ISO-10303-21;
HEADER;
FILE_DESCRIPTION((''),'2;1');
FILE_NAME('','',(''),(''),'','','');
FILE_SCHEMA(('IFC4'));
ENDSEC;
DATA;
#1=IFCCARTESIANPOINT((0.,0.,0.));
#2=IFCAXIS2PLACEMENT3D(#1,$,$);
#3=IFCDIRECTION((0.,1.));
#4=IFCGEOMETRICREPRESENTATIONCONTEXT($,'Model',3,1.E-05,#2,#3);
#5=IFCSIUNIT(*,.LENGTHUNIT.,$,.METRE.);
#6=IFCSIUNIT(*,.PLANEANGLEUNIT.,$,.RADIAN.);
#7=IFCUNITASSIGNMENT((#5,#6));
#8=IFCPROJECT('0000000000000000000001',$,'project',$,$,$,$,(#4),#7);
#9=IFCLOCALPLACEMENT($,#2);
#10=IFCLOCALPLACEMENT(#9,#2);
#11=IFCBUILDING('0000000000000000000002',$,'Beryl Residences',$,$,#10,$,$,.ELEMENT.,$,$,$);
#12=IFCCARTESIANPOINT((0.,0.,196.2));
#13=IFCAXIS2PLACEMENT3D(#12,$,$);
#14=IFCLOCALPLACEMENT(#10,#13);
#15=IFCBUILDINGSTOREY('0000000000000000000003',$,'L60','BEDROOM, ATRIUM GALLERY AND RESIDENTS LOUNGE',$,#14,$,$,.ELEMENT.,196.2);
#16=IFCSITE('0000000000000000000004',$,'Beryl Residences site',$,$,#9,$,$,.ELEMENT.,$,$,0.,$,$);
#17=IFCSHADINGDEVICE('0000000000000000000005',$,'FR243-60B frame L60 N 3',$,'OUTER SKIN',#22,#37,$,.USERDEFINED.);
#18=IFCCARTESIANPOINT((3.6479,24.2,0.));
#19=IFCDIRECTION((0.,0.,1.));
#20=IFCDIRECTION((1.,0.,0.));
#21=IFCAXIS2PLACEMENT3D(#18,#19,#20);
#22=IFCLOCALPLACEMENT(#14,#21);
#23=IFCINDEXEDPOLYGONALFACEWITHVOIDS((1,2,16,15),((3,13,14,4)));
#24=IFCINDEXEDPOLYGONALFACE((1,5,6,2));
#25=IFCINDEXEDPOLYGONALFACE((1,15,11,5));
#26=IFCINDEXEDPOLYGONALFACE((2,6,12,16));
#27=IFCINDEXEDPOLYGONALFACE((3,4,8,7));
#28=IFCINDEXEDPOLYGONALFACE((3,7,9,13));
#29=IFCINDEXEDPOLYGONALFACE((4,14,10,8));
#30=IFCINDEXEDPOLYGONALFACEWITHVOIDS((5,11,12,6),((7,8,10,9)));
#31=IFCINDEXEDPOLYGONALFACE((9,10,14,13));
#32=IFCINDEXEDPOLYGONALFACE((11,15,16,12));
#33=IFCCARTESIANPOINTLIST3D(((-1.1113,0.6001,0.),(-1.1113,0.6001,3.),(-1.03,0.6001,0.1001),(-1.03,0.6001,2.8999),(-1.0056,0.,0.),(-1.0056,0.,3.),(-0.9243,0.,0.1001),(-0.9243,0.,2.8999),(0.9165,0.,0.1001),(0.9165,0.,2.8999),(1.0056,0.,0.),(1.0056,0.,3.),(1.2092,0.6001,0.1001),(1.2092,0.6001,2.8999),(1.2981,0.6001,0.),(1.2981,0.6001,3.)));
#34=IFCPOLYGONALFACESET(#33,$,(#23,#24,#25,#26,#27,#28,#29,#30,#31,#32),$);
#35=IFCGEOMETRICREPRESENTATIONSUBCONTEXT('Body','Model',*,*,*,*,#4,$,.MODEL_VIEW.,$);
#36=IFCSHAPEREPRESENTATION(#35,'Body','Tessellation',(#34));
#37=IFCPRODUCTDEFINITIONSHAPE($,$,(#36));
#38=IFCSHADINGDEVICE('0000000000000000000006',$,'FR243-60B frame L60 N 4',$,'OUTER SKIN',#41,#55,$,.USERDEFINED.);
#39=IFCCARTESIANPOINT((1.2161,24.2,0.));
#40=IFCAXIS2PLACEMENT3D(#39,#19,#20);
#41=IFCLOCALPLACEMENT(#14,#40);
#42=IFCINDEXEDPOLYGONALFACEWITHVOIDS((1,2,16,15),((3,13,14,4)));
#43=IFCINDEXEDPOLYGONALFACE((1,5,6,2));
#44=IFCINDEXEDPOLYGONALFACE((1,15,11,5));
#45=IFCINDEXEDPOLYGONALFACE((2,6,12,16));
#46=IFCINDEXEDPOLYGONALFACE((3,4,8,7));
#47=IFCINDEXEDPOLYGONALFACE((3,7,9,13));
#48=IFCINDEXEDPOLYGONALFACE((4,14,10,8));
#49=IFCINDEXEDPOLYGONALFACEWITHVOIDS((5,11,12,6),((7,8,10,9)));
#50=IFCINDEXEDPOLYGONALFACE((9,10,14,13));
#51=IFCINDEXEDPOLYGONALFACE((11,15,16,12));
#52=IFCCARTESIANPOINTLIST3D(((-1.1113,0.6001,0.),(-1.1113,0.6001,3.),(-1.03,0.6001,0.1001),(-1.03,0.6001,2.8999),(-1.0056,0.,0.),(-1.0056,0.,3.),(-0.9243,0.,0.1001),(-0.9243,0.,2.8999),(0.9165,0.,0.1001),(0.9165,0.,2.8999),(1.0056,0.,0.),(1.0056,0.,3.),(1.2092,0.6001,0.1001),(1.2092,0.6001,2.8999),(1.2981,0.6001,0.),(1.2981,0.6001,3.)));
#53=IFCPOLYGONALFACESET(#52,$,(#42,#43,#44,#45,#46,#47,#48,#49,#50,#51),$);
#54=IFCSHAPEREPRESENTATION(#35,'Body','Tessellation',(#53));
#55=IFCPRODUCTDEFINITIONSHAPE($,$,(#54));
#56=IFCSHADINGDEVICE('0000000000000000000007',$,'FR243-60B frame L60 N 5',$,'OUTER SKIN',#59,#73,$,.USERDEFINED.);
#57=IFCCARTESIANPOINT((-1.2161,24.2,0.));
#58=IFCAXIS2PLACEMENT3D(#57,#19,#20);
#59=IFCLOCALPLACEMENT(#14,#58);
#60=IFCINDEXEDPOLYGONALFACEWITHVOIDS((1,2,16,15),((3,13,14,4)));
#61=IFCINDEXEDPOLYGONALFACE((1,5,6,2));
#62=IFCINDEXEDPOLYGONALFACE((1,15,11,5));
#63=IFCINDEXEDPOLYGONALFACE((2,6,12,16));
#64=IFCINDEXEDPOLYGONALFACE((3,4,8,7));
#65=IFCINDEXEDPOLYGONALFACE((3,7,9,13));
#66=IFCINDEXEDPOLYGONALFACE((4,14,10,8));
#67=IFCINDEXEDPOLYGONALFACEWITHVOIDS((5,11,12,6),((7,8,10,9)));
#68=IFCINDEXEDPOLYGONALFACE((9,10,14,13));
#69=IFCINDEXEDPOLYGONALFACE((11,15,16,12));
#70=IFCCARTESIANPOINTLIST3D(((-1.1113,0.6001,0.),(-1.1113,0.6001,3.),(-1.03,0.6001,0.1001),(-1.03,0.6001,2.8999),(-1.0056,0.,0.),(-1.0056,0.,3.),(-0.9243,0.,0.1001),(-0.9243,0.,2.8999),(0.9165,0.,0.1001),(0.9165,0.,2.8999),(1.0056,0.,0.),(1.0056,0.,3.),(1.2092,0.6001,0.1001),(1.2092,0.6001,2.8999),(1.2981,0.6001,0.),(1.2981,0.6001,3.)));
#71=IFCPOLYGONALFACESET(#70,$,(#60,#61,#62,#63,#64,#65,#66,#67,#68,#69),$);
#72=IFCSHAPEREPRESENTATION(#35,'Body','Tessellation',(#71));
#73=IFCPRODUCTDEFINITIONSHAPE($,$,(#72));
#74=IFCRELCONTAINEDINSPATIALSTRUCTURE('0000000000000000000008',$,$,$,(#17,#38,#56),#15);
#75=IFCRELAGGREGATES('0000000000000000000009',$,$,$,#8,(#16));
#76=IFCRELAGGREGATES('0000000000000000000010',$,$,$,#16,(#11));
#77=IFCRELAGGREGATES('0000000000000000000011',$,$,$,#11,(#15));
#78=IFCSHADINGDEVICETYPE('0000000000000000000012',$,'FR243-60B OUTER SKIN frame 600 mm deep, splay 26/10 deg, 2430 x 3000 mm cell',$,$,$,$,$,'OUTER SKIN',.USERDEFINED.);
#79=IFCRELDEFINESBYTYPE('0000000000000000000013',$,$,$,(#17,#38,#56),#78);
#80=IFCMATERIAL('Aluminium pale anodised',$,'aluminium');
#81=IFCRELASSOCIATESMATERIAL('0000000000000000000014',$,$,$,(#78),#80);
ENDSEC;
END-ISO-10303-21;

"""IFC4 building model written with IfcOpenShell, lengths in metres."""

from ifc_helpers import new_model, entity, si_unit, direction, frame, origin, place, context, subcontext, project, spatial, source, transform, mapped, material, type_object, type_shapes, element, save


model = new_model("IFC4")

# Units and contexts
model_context = context("Model", 3, precision=1e-05, world=origin(), true_north=direction((0.0, 1.0)))
body_context = subcontext(model_context, "Body", "Model", "MODEL_VIEW")
ifc_project = project(units=[si_unit("LENGTHUNIT", "METRE"), si_unit("PLANEANGLEUNIT", "RADIAN")], contexts=[model_context])

# Site, building, storey
site_placement = place(None, origin())
site = spatial("IfcSite", under=ifc_project, at=site_placement, Name="Beryl Residences site", CompositionType="ELEMENT", RefElevation=0.0)
building_placement = place(site_placement, origin())
building = spatial("IfcBuilding", under=site, at=building_placement, Name="Beryl Residences", CompositionType="ELEMENT")
storey_placement = place(building_placement, frame((0.0, 0.0, 196.2)))
storey = spatial("IfcBuildingStorey", under=building, at=storey_placement, Name="L60", Description="BEDROOM, ATRIUM GALLERY AND RESIDENTS LOUNGE", CompositionType="ELEMENT", Elevation=196.2)

# Shading devices
ifc_material_1 = material(Name="Aluminium pale anodised", Category="aluminium")
shading_device_type = type_object("IfcShadingDeviceType", Name="FR243-60B OUTER SKIN frame 600 mm deep, splay 26/10 deg, 2430 x 3000 mm cell", ElementType="OUTER SKIN", PredefinedType="USERDEFINED", material=ifc_material_1)
cartesian_point_1 = entity("IfcCartesianPoint", [-1.0056, 0.0])
cartesian_point_2 = entity("IfcCartesianPoint", [-0.9165, 0.1001])
cartesian_point_3 = entity("IfcCartesianPoint", [-1.2981, 0.0])
cartesian_point_4 = entity("IfcCartesianPoint", [-1.2092, 0.1001])
shared_shape_1 = source(origin(), body_context, "Body", "SweptSolid", [
    entity("IfcExtrudedAreaSolidTapered", entity("IfcArbitraryProfileDefWithVoids", "AREA", None, entity("IfcPolyline", [cartesian_point_1, entity("IfcCartesianPoint", [1.0056, 0.0]), entity("IfcCartesianPoint", [1.0056, 3.0]), entity("IfcCartesianPoint", [-1.0056, 3.0]), cartesian_point_1]), [entity("IfcPolyline", [cartesian_point_2, entity("IfcCartesianPoint", [0.9243, 0.1001]), entity("IfcCartesianPoint", [0.9243, 2.8999]), entity("IfcCartesianPoint", [-0.9165, 2.8999]), cartesian_point_2])]), entity("IfcAxis2Placement3D", entity("IfcCartesianPoint", [0.0, 0.0, 0.0]), entity("IfcDirection", [0.0, 1.0, 0.0]), entity("IfcDirection", [-1.0, 0.0, 0.0])), entity("IfcDirection", [0.0, 0.0, 1.0]), 0.6001, entity("IfcArbitraryProfileDefWithVoids", "AREA", None, entity("IfcPolyline", [cartesian_point_3, entity("IfcCartesianPoint", [1.1113, 0.0]), entity("IfcCartesianPoint", [1.1113, 3.0]), entity("IfcCartesianPoint", [-1.2981, 3.0]), cartesian_point_3]), [entity("IfcPolyline", [cartesian_point_4, entity("IfcCartesianPoint", [1.03, 0.1001]), entity("IfcCartesianPoint", [1.03, 2.8999]), entity("IfcCartesianPoint", [-1.2092, 2.8999]), cartesian_point_4])])),
])
type_shapes(shading_device_type, [shared_shape_1])
for number, where, z_axis, x_axis, name in (
    (1, (3.6479, 24.2, 0.0), (0.0, 0.0, 1.0), (1.0, 0.0, 0.0), "FR243-60B frame L60 N 3"),
    (2, (1.2161, 24.2, 0.0), (0.0, 0.0, 1.0), (1.0, 0.0, 0.0), "FR243-60B frame L60 N 4"),
    (3, (-1.2161, 24.2, 0.0), (0.0, 0.0, 1.0), (1.0, 0.0, 0.0), "FR243-60B frame L60 N 5"),
):
    element("IfcShadingDevice", number, at=place(storey_placement, frame(where, z_axis=z_axis, x_axis=x_axis)), inside=storey, type_object=shading_device_type, Name=name, ObjectType="OUTER SKIN", PredefinedType="USERDEFINED", context=body_context, shape_type="MappedRepresentation", body=[
        mapped(shared_shape_1, transform((0.0, 0.0, 0.0))),
    ])

save(model, "model.ifc")
